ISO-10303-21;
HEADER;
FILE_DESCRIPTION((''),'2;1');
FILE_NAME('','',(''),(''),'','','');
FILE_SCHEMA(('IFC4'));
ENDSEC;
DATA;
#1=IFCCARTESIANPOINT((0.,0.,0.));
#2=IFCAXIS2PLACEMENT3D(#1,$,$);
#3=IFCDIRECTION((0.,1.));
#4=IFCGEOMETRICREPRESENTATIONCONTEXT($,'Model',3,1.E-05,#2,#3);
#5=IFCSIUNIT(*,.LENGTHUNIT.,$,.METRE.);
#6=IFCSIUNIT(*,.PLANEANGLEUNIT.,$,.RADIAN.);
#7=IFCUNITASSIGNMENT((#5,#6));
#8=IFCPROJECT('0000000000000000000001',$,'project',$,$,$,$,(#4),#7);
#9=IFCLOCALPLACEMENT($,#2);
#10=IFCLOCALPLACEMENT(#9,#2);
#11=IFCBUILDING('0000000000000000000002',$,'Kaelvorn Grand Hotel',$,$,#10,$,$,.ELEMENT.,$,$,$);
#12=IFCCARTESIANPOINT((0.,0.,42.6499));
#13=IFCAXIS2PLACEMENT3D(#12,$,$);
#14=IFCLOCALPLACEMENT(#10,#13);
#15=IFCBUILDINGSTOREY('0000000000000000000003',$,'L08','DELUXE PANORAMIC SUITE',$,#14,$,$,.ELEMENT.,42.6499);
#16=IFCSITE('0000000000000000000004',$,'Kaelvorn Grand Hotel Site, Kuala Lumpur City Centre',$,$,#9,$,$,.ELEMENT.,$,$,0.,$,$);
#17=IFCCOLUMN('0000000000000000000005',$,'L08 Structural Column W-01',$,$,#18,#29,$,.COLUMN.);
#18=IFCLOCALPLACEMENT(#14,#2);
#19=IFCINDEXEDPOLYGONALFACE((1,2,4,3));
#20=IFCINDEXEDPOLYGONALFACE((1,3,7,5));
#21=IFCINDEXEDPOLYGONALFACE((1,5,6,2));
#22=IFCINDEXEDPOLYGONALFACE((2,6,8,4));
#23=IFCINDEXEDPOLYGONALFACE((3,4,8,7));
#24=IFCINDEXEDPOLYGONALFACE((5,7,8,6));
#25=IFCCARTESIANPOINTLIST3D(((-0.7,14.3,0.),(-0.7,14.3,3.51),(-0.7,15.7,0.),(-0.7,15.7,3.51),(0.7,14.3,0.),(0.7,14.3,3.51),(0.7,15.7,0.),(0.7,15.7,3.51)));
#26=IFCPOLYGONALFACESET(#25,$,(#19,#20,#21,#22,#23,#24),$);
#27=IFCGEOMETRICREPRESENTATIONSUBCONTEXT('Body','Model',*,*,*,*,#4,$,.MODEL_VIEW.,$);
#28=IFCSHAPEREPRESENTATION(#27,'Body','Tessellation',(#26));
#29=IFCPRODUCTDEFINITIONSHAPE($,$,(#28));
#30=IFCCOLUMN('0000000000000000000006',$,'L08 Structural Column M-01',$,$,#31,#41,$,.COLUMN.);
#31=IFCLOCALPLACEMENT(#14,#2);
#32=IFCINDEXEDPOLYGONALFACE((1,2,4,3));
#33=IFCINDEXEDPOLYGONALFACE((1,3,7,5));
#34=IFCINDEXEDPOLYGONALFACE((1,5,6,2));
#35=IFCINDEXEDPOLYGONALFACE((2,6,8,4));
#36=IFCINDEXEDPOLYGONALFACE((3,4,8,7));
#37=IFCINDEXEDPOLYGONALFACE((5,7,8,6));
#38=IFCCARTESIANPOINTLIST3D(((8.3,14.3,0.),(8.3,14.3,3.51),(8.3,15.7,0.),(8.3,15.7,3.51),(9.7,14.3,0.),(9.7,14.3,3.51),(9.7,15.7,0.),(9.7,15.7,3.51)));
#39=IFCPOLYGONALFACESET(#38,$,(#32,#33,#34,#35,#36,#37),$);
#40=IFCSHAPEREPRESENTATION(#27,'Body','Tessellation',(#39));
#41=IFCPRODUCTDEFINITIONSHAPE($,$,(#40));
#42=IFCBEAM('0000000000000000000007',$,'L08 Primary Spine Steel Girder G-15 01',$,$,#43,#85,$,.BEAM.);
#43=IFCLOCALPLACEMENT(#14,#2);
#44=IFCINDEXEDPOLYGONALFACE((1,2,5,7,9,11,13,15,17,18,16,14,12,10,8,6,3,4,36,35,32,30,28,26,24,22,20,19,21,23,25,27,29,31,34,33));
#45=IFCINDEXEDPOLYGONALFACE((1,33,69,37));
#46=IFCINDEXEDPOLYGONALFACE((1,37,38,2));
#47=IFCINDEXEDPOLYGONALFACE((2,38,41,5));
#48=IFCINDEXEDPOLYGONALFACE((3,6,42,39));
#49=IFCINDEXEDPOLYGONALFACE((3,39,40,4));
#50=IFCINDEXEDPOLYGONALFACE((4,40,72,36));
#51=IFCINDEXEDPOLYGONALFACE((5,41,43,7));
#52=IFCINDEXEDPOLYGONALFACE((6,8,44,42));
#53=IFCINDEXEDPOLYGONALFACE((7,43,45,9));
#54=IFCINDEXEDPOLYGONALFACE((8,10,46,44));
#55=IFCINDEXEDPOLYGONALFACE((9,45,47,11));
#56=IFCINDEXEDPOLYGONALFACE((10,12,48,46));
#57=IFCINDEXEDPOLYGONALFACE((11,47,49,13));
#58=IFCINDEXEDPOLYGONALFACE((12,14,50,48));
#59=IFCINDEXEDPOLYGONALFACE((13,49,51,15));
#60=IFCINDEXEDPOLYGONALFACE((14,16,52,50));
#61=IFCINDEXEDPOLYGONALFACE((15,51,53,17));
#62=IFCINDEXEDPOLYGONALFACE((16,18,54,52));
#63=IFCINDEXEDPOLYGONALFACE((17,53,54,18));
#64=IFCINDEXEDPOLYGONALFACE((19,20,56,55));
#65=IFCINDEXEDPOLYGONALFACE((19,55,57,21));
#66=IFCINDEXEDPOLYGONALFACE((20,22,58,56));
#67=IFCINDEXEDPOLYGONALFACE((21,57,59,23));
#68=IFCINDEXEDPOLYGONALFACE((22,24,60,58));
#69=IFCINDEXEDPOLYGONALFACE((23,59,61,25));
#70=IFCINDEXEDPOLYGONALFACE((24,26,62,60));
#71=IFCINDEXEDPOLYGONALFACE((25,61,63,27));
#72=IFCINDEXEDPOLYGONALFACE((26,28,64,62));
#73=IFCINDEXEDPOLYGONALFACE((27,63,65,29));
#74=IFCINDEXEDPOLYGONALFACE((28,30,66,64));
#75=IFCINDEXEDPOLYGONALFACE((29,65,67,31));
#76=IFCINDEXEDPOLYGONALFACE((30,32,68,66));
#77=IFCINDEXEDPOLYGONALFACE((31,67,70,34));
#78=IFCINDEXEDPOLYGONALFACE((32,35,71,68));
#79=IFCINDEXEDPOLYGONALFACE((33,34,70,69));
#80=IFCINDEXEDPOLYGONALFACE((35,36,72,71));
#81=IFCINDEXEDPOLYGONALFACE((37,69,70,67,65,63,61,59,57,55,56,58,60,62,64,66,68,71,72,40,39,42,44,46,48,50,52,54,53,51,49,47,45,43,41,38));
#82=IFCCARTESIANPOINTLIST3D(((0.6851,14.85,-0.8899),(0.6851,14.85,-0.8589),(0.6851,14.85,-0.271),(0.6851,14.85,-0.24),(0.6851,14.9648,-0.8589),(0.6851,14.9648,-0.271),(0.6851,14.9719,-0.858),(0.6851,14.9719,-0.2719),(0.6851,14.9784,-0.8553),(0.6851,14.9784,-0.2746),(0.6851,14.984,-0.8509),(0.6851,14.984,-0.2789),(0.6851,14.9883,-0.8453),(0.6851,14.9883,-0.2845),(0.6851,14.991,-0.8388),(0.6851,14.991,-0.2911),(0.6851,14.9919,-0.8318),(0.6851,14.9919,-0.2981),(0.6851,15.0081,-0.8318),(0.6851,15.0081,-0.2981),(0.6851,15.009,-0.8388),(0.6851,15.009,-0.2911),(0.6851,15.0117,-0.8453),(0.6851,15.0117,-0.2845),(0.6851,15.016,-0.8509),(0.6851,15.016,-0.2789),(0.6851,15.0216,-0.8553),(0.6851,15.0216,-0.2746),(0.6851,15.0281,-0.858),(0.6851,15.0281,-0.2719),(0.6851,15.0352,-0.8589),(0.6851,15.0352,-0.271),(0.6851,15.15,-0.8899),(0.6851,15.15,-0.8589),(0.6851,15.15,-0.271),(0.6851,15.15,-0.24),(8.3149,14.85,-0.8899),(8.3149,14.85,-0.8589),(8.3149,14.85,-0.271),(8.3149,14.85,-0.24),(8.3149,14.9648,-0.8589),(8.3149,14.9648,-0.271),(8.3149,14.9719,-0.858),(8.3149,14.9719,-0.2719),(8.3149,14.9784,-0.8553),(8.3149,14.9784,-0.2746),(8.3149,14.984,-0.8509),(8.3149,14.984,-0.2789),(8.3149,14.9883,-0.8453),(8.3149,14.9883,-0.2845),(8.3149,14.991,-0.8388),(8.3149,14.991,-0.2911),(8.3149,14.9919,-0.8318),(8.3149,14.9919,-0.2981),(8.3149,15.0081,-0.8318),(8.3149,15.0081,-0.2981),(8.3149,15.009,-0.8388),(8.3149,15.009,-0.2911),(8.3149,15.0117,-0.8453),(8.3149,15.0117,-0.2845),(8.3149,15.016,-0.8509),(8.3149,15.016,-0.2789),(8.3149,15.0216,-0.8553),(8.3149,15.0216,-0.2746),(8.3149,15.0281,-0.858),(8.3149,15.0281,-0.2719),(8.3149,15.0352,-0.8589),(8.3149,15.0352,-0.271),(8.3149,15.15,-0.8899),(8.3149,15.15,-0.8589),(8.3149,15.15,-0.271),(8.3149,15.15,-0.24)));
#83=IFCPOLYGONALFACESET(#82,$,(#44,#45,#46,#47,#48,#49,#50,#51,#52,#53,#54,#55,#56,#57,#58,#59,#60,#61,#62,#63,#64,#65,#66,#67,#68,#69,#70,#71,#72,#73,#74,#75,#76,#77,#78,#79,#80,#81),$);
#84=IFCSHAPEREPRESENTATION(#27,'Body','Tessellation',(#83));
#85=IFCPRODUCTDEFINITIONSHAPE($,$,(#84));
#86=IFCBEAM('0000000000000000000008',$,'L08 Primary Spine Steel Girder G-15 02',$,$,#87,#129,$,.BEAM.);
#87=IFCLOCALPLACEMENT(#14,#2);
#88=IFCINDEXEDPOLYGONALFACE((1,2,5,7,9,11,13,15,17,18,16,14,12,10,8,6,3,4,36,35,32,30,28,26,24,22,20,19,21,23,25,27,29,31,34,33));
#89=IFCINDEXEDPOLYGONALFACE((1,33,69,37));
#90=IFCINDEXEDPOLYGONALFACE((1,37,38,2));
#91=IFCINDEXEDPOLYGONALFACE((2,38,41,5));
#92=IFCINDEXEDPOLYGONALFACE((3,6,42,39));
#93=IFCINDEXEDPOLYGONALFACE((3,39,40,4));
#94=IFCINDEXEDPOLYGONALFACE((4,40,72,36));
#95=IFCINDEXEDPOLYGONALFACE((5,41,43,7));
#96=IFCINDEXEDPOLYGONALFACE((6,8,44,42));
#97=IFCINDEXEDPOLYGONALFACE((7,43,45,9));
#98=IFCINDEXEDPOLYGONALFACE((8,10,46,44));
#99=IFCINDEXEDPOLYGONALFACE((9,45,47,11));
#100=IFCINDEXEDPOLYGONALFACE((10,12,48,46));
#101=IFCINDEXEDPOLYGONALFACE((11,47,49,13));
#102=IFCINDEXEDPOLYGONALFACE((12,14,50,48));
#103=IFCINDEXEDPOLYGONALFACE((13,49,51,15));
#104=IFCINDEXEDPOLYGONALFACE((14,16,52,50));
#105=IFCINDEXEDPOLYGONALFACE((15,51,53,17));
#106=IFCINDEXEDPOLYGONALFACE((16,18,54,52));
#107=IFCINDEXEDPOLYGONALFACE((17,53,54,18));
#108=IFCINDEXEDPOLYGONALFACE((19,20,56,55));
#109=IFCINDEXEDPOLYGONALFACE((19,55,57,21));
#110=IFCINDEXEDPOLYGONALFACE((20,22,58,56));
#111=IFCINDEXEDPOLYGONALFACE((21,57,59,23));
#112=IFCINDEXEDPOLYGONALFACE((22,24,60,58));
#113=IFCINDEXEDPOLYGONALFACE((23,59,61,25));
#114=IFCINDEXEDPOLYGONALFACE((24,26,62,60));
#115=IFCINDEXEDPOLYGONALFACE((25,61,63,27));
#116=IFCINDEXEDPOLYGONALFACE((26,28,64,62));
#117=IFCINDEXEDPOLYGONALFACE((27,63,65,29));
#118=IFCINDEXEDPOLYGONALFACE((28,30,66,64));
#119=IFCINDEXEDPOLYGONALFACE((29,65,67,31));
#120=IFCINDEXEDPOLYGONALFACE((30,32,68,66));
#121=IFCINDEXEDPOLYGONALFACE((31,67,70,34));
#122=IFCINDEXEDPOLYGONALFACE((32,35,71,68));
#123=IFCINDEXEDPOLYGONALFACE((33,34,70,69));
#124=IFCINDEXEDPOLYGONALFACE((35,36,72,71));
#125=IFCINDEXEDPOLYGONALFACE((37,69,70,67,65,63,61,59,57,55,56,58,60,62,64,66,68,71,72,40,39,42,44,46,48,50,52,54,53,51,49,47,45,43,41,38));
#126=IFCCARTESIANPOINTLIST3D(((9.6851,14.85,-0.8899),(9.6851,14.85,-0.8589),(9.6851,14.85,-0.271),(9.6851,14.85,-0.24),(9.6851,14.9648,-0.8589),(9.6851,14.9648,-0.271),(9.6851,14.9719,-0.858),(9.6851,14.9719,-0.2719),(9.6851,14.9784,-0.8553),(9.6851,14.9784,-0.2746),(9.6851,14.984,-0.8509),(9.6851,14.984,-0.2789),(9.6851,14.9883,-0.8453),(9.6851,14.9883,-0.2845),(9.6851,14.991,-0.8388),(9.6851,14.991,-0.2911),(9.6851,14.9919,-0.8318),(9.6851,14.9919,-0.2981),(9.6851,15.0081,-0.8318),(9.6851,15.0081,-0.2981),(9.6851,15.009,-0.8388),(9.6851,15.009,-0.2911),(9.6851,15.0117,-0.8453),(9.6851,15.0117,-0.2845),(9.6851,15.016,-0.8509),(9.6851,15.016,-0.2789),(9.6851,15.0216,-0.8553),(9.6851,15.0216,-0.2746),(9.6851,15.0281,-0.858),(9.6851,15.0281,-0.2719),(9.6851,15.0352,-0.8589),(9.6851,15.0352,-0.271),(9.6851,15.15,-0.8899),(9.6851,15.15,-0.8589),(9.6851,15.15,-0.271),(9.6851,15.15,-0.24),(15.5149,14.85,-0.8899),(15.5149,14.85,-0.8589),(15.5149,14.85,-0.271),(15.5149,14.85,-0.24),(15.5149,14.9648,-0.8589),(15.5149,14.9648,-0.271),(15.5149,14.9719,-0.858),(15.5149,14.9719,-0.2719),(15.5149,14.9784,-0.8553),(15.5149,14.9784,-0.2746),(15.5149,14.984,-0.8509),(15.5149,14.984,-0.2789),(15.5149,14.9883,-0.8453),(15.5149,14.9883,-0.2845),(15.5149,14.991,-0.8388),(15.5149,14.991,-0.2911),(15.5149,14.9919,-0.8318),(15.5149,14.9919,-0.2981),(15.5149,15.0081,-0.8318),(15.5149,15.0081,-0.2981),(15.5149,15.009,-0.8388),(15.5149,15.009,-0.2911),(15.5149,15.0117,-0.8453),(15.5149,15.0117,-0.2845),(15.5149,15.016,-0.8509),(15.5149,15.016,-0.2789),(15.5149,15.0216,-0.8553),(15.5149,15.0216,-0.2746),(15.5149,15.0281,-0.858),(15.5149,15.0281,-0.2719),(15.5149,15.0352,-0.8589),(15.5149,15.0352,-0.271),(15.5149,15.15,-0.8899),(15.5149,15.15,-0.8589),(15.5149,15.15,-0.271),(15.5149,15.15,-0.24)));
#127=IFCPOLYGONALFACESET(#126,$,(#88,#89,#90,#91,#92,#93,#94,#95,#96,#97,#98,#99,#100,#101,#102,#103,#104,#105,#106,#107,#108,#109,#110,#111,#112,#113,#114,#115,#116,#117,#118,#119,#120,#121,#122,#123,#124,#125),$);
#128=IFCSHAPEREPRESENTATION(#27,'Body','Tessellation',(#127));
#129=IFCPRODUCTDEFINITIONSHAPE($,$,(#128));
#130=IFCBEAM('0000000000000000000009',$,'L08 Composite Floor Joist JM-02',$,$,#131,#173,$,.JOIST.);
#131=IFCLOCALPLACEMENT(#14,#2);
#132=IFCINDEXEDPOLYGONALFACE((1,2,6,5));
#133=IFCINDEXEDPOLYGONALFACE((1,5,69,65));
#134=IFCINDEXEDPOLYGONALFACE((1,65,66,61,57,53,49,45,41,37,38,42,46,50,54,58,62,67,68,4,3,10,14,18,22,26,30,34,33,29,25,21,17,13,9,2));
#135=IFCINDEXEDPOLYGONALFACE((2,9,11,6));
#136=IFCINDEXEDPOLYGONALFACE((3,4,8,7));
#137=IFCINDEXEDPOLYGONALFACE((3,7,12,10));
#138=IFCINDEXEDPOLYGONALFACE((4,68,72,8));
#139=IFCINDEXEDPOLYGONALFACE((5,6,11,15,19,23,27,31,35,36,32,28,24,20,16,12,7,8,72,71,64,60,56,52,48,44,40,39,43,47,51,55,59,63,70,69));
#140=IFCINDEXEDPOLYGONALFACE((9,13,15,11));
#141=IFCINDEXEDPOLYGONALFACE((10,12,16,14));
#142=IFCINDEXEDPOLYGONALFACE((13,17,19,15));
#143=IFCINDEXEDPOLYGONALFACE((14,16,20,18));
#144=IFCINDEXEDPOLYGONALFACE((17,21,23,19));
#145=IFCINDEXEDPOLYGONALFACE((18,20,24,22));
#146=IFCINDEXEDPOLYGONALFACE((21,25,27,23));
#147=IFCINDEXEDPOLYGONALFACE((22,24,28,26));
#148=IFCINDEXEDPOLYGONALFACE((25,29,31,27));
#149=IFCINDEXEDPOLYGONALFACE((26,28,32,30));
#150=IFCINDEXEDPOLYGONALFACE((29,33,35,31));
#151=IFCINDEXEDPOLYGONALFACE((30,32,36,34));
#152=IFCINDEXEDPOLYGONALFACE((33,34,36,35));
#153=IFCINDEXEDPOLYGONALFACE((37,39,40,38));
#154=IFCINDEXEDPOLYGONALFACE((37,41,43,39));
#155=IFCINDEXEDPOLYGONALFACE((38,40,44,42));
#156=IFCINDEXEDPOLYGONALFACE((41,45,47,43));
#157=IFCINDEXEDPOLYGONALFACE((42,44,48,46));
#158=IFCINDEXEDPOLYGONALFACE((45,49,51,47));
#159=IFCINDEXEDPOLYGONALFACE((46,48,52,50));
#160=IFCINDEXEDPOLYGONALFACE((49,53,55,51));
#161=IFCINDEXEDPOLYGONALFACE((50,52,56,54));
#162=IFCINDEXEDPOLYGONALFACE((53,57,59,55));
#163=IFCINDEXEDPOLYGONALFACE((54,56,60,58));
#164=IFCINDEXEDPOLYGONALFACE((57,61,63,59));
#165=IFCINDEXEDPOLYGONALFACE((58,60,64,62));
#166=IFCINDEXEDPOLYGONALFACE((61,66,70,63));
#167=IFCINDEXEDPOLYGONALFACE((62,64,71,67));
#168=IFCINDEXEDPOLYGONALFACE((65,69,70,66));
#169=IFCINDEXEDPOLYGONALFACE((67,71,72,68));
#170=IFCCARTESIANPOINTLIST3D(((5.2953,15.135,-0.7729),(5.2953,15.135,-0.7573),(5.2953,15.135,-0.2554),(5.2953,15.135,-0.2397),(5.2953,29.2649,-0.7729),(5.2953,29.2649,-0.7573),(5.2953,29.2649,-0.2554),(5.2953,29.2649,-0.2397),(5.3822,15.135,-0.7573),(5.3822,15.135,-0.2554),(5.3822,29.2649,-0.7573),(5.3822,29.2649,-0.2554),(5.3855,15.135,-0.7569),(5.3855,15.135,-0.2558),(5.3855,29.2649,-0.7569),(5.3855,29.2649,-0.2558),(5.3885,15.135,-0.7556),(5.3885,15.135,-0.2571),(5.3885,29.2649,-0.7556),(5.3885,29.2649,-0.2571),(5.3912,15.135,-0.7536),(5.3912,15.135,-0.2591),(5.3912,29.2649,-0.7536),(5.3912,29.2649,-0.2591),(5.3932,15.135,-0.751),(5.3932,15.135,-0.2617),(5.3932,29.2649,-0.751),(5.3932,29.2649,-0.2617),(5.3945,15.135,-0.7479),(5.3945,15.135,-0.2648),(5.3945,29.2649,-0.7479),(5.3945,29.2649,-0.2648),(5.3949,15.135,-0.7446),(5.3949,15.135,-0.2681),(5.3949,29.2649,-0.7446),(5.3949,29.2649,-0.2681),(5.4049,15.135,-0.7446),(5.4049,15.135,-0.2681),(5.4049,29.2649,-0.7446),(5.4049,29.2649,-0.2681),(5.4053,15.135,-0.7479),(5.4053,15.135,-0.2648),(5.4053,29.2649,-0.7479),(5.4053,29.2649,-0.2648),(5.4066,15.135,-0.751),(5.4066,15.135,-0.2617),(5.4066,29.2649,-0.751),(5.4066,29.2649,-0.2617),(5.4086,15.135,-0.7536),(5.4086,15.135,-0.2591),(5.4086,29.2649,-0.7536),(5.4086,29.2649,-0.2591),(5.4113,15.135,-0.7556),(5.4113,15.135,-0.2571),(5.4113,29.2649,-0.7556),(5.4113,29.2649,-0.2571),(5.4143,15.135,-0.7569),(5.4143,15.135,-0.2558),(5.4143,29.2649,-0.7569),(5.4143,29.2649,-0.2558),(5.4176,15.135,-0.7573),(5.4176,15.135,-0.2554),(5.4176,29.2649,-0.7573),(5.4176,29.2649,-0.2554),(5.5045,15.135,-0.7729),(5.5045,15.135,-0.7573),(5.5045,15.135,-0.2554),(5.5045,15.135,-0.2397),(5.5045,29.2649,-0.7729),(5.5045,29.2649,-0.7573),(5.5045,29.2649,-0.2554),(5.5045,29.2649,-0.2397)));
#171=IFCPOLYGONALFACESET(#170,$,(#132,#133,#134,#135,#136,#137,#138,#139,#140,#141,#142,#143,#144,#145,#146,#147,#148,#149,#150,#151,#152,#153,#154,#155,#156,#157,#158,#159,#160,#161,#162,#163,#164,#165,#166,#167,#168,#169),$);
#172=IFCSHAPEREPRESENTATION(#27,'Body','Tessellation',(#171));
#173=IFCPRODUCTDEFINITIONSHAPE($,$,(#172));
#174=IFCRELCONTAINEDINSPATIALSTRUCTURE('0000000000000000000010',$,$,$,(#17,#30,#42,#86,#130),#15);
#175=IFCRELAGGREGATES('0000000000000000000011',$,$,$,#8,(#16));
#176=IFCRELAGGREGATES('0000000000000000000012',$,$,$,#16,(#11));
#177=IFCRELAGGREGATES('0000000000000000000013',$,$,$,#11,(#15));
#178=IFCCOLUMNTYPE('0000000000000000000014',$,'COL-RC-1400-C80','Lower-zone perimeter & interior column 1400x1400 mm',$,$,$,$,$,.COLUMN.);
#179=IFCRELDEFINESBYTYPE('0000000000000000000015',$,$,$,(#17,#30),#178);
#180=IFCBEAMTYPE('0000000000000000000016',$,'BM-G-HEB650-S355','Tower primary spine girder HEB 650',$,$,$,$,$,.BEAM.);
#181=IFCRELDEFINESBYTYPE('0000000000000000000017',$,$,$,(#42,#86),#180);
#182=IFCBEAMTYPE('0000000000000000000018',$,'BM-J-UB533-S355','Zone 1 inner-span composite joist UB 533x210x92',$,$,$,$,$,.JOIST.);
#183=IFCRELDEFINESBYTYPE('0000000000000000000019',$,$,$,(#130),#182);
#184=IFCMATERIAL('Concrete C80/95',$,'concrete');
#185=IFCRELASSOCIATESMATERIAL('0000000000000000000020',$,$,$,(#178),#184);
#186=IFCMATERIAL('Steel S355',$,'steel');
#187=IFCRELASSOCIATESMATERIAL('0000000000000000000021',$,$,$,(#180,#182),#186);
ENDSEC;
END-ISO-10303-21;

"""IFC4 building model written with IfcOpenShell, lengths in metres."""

from ifc_helpers import new_model, si_unit, direction, frame, origin, origin_2d, place, context, subcontext, project, spatial, rectangle, i_section, extrude, material, material_profile, profile_set, type_object, element, save


model = new_model("IFC4")

# Units and contexts
model_context = context("Model", 3, precision=1e-05, world=origin(), true_north=direction((0.0, 1.0)))
body_context = subcontext(model_context, "Body", "Model", "MODEL_VIEW")
ifc_project = project(units=[si_unit("LENGTHUNIT", "METRE"), si_unit("PLANEANGLEUNIT", "RADIAN")], contexts=[model_context])

# Site, building, storey
site_placement = place(None, origin())
site = spatial("IfcSite", under=ifc_project, at=site_placement, Name="Kaelvorn Grand Hotel Site, Kuala Lumpur City Centre", CompositionType="ELEMENT", RefElevation=0.0)
building_placement = place(site_placement, origin())
building = spatial("IfcBuilding", under=site, at=building_placement, Name="Kaelvorn Grand Hotel", CompositionType="ELEMENT")
storey_placement = place(building_placement, frame((0.0, 0.0, 42.6499)))
storey = spatial("IfcBuildingStorey", under=building, at=storey_placement, Name="L08", Description="DELUXE PANORAMIC SUITE", CompositionType="ELEMENT", Elevation=42.6499)

# Columns
ifc_material_1 = material(Name="Concrete C80/95", Category="concrete")
ifc_material_profile_1 = material_profile(ifc_material_1, rectangle(XDim=1.3999, YDim=1.3999, at=origin_2d()), Name="RC COL 1400x1400")
ifc_profile_set_1 = profile_set([ifc_material_profile_1], Name="Concrete C80/95")
column_type = type_object("IfcColumnType", Name="COL-RC-1400-C80", Description="Lower-zone perimeter & interior column 1400x1400 mm", PredefinedType="COLUMN", material=ifc_profile_set_1)
for number, where, z_axis, x_axis, name in (
    (1, (0.0, 15.0, 0.0), (0.0, 0.0, 1.0), (1.0, 0.0, 0.0), "L08 Structural Column W-01"),
    (2, (9.0, 15.0, 0.0), (0.0, 0.0, 1.0), (1.0, 0.0, 0.0), "L08 Structural Column M-01"),
):
    element("IfcColumn", number, at=place(storey_placement, frame(where, z_axis=z_axis, x_axis=x_axis)), inside=storey, type_object=column_type, Name=name, PredefinedType="COLUMN", context=body_context, shape_type="SweptSolid", body=[
        extrude(rectangle(XDim=1.3999, YDim=1.3999, at=origin_2d()), origin(), (0.0, 0.0, 1.0), 3.51),
    ])

# Beams
ifc_material_2 = material(Name="Steel S355", Category="steel")
ifc_material_profile_2 = material_profile(ifc_material_2, i_section(OverallWidth=0.3, OverallDepth=0.6499, WebThickness=0.0161, FlangeThickness=0.031, FilletRadius=0.0271, at=origin_2d()), Name="HEB 650")
ifc_profile_set_2 = profile_set([ifc_material_profile_2], Name="Steel S355")
beam_type_1 = type_object("IfcBeamType", Name="BM-G-HEB650-S355", Description="Tower primary spine girder HEB 650", PredefinedType="BEAM", material=ifc_profile_set_2)
beam_1_placement = place(storey_placement, frame((0.6851, 15.0, -0.5649), z_axis=(1.0, 0.0, 0.0), x_axis=(0.0, 1.0, 0.0)))
element("IfcBeam", 3, at=beam_1_placement, inside=storey, type_object=beam_type_1, Name="L08 Primary Spine Steel Girder G-15 01", PredefinedType="BEAM", context=body_context, shape_type="SweptSolid", body=[
    extrude(i_section(OverallWidth=0.3, OverallDepth=0.6499, WebThickness=0.0161, FlangeThickness=0.031, FilletRadius=0.0271, at=origin_2d()), origin(), (0.0, 0.0, 1.0), 7.6299),
])
beam_2_placement = place(storey_placement, frame((9.6851, 15.0, -0.5649), z_axis=(1.0, 0.0, 0.0), x_axis=(0.0, 1.0, 0.0)))
element("IfcBeam", 4, at=beam_2_placement, inside=storey, type_object=beam_type_1, Name="L08 Primary Spine Steel Girder G-15 02", PredefinedType="BEAM", context=body_context, shape_type="SweptSolid", body=[
    extrude(i_section(OverallWidth=0.3, OverallDepth=0.6499, WebThickness=0.0161, FlangeThickness=0.031, FilletRadius=0.0271, at=origin_2d()), origin(), (0.0, 0.0, 1.0), 5.8298),
])
ifc_material_profile_3 = material_profile(ifc_material_2, i_section(OverallWidth=0.2092, OverallDepth=0.5332, WebThickness=0.01, FlangeThickness=0.0156, FilletRadius=0.0127, at=origin_2d()), Name="UB 533x210x92")
ifc_profile_set_3 = profile_set([ifc_material_profile_3], Name="Steel S355")
beam_type_2 = type_object("IfcBeamType", Name="BM-J-UB533-S355", Description="Zone 1 inner-span composite joist UB 533x210x92", PredefinedType="JOIST", material=ifc_profile_set_3)
beam_3_placement = place(storey_placement, frame((5.3999, 15.135, -0.5063), z_axis=(0.0, 1.0, 0.0), x_axis=(-1.0, 0.0, 0.0)))
element("IfcBeam", 5, at=beam_3_placement, inside=storey, type_object=beam_type_2, Name="L08 Composite Floor Joist JM-02", PredefinedType="JOIST", context=body_context, shape_type="SweptSolid", body=[
    extrude(i_section(OverallWidth=0.2092, OverallDepth=0.5332, WebThickness=0.01, FlangeThickness=0.0156, FilletRadius=0.0127, at=origin_2d()), origin(), (0.0, 0.0, 1.0), 14.1299),
])

save(model, "model.ifc")
